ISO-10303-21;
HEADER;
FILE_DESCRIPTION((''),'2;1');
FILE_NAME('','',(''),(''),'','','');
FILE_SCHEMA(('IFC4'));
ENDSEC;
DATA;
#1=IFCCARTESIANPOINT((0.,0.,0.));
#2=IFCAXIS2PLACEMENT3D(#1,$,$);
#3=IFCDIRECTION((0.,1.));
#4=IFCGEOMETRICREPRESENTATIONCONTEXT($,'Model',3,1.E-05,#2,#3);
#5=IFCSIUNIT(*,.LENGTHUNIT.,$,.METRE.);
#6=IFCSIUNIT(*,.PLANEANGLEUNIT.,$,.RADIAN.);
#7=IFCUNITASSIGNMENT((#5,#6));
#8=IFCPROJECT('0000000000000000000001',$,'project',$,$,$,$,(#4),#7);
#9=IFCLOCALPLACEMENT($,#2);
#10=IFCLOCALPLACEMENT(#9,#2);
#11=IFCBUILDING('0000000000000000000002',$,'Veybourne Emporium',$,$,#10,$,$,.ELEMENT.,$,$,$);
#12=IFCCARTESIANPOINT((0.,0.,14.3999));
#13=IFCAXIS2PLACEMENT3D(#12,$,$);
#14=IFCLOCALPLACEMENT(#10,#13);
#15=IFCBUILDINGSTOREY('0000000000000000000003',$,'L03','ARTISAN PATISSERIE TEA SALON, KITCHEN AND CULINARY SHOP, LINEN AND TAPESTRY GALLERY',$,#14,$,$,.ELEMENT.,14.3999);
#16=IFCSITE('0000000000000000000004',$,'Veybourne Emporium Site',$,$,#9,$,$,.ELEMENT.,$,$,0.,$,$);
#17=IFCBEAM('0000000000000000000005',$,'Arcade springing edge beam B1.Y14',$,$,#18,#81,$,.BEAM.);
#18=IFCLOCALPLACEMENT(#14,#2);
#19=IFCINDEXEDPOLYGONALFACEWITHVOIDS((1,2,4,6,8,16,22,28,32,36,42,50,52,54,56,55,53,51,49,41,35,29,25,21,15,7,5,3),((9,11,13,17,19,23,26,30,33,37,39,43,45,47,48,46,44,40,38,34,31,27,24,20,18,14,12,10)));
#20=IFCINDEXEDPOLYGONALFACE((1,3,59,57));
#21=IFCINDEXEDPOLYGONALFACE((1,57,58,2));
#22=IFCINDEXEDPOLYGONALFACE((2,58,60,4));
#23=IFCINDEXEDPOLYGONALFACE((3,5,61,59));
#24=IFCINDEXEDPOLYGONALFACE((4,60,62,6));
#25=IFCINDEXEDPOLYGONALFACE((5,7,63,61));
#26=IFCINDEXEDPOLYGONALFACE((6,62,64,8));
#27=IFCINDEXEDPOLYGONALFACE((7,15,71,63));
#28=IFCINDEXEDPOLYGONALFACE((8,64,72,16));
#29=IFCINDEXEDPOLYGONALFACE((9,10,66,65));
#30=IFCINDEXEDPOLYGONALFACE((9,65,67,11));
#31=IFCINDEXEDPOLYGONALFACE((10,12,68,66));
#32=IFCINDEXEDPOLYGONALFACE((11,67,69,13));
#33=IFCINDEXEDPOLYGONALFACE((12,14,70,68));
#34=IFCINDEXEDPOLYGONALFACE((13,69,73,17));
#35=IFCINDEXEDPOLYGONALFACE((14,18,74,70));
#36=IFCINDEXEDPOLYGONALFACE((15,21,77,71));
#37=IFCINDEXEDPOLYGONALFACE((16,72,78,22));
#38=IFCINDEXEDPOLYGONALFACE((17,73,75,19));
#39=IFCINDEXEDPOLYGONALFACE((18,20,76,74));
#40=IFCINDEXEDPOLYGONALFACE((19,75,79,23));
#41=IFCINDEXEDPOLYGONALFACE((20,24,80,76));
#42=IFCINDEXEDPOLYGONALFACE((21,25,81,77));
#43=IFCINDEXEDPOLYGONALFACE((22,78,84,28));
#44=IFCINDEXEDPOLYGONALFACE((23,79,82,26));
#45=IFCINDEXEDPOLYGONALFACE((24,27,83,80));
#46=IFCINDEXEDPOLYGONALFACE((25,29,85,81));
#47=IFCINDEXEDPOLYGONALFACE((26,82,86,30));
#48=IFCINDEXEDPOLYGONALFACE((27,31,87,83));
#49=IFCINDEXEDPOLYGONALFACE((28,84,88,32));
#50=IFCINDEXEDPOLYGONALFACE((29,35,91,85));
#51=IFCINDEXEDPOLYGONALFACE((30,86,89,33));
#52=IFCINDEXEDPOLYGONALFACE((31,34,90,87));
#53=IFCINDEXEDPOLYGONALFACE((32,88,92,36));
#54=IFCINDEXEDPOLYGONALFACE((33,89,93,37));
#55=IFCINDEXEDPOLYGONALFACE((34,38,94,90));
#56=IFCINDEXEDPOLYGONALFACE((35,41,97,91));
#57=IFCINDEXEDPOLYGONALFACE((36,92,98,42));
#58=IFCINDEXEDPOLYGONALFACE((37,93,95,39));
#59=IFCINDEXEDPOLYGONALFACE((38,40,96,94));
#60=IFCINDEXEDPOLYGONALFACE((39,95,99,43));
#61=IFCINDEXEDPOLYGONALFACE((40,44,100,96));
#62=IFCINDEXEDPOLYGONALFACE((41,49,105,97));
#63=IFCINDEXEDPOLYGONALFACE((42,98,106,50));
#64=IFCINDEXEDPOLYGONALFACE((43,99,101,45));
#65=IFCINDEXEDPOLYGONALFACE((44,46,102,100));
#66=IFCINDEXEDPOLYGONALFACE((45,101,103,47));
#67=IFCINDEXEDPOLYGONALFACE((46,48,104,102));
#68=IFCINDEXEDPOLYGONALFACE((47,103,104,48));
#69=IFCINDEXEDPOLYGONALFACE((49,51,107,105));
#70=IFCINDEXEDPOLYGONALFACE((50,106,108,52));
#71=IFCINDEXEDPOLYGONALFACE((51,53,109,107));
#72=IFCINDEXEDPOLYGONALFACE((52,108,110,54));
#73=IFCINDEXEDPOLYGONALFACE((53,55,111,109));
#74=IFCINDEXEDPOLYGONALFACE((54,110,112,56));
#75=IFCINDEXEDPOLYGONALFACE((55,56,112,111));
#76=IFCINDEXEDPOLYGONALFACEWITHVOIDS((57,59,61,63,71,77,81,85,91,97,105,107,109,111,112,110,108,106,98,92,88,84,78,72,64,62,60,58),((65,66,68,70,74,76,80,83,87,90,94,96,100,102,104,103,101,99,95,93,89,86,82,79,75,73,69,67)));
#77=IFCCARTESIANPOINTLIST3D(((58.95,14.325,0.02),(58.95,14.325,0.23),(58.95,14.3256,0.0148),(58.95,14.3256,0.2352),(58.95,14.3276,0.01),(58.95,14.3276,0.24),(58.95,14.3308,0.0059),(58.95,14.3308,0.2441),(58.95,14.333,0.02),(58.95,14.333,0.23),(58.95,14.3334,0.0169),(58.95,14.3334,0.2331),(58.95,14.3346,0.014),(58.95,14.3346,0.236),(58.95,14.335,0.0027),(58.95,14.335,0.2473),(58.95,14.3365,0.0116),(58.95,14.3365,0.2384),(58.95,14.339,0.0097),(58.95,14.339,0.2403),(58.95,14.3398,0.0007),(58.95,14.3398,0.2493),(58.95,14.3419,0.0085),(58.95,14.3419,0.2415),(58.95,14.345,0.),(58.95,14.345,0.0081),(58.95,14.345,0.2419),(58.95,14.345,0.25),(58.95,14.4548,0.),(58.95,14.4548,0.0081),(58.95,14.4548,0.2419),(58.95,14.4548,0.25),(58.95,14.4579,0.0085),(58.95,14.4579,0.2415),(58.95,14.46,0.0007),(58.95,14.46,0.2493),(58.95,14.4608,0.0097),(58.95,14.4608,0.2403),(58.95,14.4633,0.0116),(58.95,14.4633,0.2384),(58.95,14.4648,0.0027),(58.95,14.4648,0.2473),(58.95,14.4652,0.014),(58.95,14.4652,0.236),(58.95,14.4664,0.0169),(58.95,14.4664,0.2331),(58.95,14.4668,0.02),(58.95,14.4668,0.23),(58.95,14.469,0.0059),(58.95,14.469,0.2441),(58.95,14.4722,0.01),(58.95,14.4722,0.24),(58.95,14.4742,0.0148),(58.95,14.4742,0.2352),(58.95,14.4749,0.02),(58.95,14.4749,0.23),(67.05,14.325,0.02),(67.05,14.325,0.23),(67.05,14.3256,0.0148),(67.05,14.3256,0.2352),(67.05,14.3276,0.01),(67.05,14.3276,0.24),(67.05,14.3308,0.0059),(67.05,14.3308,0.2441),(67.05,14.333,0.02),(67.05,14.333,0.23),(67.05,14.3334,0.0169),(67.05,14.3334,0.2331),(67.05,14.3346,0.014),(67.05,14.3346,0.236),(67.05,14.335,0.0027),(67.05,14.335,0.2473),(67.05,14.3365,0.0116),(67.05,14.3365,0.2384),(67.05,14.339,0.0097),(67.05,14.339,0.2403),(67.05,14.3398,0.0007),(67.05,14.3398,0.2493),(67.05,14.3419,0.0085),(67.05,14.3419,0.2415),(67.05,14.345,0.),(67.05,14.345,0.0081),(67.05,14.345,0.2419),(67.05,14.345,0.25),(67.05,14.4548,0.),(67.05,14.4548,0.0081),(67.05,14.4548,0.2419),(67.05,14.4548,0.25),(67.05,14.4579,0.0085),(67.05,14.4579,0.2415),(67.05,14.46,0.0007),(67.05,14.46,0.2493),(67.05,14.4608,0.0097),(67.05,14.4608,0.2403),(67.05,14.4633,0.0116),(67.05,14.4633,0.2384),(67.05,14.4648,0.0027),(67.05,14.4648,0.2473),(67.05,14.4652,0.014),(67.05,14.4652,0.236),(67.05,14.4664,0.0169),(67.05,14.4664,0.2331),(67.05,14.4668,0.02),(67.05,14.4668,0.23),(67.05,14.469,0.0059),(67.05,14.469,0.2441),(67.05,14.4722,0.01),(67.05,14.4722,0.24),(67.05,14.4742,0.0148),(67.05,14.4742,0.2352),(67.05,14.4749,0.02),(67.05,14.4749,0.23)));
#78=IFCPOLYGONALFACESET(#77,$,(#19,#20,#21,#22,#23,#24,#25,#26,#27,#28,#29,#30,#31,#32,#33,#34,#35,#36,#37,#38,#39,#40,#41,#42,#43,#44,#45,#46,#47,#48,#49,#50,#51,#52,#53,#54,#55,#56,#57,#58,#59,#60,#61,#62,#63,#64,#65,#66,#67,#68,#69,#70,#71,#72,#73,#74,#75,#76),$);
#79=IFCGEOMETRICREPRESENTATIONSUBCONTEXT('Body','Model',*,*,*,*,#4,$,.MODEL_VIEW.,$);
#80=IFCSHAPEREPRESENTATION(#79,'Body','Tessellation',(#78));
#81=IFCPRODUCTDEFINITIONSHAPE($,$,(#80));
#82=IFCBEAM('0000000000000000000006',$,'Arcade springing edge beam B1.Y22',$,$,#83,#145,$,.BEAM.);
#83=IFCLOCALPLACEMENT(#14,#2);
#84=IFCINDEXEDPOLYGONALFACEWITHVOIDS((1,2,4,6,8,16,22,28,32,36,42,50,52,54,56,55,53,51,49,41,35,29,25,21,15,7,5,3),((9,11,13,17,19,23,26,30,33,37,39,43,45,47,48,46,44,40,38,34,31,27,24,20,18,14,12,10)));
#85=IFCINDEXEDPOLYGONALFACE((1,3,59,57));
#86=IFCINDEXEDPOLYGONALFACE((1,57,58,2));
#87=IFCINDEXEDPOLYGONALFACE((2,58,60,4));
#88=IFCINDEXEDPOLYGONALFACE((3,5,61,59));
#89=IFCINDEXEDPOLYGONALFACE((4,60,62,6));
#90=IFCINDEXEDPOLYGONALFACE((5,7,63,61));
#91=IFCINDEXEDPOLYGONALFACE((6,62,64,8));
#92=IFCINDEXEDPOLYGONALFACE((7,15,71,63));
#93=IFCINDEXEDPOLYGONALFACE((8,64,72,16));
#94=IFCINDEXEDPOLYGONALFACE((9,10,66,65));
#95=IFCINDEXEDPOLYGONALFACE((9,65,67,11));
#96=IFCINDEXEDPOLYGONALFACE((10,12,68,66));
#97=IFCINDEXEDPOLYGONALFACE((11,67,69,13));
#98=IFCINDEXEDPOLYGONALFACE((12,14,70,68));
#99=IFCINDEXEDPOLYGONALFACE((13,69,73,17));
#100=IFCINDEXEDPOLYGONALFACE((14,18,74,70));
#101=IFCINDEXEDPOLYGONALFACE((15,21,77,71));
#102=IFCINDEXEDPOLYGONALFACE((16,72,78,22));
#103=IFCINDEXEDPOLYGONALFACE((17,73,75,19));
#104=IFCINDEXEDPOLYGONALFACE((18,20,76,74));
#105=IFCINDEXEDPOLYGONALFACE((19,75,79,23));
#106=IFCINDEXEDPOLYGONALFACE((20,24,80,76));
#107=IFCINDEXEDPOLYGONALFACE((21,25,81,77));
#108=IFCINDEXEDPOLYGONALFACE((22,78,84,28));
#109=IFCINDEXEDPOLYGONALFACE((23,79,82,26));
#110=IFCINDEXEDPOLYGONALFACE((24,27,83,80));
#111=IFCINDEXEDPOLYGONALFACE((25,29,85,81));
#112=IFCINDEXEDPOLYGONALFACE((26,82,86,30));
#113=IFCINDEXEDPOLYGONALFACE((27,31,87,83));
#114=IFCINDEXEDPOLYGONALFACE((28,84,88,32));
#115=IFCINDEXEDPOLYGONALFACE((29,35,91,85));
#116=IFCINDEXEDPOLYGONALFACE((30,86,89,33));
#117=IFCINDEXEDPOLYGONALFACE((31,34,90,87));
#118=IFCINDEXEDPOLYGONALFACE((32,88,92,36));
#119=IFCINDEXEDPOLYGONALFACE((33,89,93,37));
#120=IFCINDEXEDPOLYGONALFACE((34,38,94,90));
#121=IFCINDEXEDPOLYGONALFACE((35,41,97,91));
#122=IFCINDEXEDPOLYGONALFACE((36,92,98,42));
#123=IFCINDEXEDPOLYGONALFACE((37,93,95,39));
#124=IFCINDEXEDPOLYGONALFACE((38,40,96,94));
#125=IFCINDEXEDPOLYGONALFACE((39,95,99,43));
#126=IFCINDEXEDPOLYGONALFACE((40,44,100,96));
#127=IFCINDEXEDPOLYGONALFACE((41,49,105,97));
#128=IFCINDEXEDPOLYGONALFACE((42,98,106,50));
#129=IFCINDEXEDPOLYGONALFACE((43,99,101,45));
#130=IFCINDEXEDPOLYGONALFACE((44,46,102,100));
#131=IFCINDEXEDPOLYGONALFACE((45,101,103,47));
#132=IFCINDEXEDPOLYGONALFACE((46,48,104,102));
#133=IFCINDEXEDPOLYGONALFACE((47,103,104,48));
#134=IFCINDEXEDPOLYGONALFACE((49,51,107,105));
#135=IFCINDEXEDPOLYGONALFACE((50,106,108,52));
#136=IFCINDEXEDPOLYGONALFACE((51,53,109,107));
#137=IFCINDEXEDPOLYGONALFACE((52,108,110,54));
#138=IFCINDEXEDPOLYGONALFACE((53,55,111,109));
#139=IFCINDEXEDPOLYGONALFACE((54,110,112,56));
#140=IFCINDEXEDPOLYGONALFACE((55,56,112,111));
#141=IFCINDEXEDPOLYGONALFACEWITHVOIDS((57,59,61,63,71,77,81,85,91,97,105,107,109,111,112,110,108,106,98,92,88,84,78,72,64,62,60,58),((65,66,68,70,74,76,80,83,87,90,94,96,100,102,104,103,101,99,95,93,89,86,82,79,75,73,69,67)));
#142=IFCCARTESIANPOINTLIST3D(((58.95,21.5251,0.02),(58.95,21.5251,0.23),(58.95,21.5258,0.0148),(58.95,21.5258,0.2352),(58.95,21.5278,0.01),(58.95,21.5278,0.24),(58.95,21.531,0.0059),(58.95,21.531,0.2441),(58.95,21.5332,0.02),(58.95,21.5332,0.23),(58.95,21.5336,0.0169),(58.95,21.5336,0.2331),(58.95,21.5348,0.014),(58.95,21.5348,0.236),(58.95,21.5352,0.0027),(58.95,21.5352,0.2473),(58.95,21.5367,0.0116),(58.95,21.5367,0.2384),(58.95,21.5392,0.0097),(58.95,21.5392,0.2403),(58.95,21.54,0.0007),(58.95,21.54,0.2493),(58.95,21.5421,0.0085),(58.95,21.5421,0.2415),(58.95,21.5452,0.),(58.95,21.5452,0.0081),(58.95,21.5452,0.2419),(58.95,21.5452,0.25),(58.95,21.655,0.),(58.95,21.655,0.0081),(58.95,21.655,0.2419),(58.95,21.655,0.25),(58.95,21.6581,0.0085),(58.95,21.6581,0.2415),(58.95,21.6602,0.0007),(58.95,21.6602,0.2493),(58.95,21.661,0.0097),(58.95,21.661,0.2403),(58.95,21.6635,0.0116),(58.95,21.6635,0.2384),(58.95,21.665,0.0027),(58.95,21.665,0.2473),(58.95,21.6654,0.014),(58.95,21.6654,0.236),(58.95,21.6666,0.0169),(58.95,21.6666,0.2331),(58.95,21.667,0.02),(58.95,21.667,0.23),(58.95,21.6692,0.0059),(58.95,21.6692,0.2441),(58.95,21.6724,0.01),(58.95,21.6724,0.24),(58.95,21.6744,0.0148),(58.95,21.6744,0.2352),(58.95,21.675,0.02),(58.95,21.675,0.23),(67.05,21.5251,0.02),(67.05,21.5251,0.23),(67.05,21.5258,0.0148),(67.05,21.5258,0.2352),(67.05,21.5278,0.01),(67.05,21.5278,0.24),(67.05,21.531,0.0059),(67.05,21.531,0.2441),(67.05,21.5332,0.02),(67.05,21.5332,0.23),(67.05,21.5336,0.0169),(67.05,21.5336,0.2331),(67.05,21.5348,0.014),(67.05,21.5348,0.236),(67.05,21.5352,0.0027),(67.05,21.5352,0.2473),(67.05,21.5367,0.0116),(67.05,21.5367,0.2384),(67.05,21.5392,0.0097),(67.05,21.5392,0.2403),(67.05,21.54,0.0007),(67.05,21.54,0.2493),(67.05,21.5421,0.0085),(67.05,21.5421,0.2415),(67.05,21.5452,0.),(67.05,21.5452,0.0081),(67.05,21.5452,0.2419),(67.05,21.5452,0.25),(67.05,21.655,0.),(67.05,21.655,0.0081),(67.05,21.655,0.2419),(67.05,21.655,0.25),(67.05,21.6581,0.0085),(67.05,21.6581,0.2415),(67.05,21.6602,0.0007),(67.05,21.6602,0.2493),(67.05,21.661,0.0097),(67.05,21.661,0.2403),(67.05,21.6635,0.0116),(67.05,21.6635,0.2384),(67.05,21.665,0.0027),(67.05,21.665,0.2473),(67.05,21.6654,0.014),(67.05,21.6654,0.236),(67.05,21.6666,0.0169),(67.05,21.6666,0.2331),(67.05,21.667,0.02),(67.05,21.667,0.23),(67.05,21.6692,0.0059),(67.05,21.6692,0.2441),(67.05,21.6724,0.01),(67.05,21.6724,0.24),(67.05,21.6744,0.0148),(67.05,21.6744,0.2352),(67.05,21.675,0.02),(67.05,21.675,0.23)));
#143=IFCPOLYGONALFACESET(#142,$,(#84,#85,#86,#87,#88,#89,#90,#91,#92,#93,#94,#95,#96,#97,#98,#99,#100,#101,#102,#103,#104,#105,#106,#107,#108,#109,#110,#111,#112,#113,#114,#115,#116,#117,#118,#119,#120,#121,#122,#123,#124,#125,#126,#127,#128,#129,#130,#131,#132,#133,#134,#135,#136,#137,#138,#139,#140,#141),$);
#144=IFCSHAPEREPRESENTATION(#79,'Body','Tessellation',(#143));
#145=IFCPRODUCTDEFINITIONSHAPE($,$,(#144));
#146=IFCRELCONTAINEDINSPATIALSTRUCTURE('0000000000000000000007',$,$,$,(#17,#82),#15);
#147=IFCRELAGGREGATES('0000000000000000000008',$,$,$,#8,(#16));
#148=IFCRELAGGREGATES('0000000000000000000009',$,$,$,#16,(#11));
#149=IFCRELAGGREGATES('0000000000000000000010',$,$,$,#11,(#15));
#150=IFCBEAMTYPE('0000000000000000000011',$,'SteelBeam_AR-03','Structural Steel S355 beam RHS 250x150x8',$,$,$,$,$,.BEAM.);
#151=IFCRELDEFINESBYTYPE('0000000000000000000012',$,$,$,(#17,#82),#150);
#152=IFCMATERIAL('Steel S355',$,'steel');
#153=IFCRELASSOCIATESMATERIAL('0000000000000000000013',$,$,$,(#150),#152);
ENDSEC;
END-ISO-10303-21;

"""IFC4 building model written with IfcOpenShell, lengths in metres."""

from ifc_helpers import new_model, si_unit, direction, frame, origin, origin_2d, place, context, subcontext, project, spatial, hollow_rectangle, extrude, material, material_profile, profile_set, type_object, element, save


model = new_model("IFC4")

# Units and contexts
model_context = context("Model", 3, precision=1e-05, world=origin(), true_north=direction((0.0, 1.0)))
body_context = subcontext(model_context, "Body", "Model", "MODEL_VIEW")
ifc_project = project(units=[si_unit("LENGTHUNIT", "METRE"), si_unit("PLANEANGLEUNIT", "RADIAN")], contexts=[model_context])

# Site, building, storey
site_placement = place(None, origin())
site = spatial("IfcSite", under=ifc_project, at=site_placement, Name="Veybourne Emporium Site", CompositionType="ELEMENT", RefElevation=0.0)
building_placement = place(site_placement, origin())
building = spatial("IfcBuilding", under=site, at=building_placement, Name="Veybourne Emporium", CompositionType="ELEMENT")
storey_placement = place(building_placement, frame((0.0, 0.0, 14.3999)))
storey = spatial("IfcBuildingStorey", under=building, at=storey_placement, Name="L03", Description="ARTISAN PATISSERIE TEA SALON, KITCHEN AND CULINARY SHOP, LINEN AND TAPESTRY GALLERY", CompositionType="ELEMENT", Elevation=14.3999)

# Beams
ifc_material_1 = material(Name="Steel S355", Category="steel")
ifc_material_profile_1 = material_profile(ifc_material_1, hollow_rectangle(XDim=0.1499, YDim=0.25, WallThickness=0.0081, InnerFilletRadius=0.012, OuterFilletRadius=0.02, at=origin_2d()), Name="RHS 250x150x8")
ifc_profile_set_1 = profile_set([ifc_material_profile_1], Name="Steel S355")
beam_type_1 = type_object("IfcBeamType", Name="SteelBeam_AR-03", Description="Structural Steel S355 beam RHS 250x150x8", PredefinedType="BEAM", material=ifc_profile_set_1)
for number, where, z_axis, x_axis, name in (
    (1, (58.95, 14.3999, 0.125), (1.0, 0.0, 0.0), (0.0, 1.0, 0.0), "Arcade springing edge beam B1.Y14"),
    (2, (58.95, 21.6001, 0.125), (1.0, 0.0, 0.0), (0.0, 1.0, 0.0), "Arcade springing edge beam B1.Y22"),
):
    element("IfcBeam", number, at=place(storey_placement, frame(where, z_axis=z_axis, x_axis=x_axis)), inside=storey, type_object=beam_type_1, Name=name, PredefinedType="BEAM", context=body_context, shape_type="SweptSolid", body=[
        extrude(hollow_rectangle(XDim=0.1499, YDim=0.25, WallThickness=0.0081, InnerFilletRadius=0.012, OuterFilletRadius=0.02, at=origin_2d()), origin(), (0.0, 0.0, 1.0), 8.1001),
    ])

save(model, "model.ifc")
